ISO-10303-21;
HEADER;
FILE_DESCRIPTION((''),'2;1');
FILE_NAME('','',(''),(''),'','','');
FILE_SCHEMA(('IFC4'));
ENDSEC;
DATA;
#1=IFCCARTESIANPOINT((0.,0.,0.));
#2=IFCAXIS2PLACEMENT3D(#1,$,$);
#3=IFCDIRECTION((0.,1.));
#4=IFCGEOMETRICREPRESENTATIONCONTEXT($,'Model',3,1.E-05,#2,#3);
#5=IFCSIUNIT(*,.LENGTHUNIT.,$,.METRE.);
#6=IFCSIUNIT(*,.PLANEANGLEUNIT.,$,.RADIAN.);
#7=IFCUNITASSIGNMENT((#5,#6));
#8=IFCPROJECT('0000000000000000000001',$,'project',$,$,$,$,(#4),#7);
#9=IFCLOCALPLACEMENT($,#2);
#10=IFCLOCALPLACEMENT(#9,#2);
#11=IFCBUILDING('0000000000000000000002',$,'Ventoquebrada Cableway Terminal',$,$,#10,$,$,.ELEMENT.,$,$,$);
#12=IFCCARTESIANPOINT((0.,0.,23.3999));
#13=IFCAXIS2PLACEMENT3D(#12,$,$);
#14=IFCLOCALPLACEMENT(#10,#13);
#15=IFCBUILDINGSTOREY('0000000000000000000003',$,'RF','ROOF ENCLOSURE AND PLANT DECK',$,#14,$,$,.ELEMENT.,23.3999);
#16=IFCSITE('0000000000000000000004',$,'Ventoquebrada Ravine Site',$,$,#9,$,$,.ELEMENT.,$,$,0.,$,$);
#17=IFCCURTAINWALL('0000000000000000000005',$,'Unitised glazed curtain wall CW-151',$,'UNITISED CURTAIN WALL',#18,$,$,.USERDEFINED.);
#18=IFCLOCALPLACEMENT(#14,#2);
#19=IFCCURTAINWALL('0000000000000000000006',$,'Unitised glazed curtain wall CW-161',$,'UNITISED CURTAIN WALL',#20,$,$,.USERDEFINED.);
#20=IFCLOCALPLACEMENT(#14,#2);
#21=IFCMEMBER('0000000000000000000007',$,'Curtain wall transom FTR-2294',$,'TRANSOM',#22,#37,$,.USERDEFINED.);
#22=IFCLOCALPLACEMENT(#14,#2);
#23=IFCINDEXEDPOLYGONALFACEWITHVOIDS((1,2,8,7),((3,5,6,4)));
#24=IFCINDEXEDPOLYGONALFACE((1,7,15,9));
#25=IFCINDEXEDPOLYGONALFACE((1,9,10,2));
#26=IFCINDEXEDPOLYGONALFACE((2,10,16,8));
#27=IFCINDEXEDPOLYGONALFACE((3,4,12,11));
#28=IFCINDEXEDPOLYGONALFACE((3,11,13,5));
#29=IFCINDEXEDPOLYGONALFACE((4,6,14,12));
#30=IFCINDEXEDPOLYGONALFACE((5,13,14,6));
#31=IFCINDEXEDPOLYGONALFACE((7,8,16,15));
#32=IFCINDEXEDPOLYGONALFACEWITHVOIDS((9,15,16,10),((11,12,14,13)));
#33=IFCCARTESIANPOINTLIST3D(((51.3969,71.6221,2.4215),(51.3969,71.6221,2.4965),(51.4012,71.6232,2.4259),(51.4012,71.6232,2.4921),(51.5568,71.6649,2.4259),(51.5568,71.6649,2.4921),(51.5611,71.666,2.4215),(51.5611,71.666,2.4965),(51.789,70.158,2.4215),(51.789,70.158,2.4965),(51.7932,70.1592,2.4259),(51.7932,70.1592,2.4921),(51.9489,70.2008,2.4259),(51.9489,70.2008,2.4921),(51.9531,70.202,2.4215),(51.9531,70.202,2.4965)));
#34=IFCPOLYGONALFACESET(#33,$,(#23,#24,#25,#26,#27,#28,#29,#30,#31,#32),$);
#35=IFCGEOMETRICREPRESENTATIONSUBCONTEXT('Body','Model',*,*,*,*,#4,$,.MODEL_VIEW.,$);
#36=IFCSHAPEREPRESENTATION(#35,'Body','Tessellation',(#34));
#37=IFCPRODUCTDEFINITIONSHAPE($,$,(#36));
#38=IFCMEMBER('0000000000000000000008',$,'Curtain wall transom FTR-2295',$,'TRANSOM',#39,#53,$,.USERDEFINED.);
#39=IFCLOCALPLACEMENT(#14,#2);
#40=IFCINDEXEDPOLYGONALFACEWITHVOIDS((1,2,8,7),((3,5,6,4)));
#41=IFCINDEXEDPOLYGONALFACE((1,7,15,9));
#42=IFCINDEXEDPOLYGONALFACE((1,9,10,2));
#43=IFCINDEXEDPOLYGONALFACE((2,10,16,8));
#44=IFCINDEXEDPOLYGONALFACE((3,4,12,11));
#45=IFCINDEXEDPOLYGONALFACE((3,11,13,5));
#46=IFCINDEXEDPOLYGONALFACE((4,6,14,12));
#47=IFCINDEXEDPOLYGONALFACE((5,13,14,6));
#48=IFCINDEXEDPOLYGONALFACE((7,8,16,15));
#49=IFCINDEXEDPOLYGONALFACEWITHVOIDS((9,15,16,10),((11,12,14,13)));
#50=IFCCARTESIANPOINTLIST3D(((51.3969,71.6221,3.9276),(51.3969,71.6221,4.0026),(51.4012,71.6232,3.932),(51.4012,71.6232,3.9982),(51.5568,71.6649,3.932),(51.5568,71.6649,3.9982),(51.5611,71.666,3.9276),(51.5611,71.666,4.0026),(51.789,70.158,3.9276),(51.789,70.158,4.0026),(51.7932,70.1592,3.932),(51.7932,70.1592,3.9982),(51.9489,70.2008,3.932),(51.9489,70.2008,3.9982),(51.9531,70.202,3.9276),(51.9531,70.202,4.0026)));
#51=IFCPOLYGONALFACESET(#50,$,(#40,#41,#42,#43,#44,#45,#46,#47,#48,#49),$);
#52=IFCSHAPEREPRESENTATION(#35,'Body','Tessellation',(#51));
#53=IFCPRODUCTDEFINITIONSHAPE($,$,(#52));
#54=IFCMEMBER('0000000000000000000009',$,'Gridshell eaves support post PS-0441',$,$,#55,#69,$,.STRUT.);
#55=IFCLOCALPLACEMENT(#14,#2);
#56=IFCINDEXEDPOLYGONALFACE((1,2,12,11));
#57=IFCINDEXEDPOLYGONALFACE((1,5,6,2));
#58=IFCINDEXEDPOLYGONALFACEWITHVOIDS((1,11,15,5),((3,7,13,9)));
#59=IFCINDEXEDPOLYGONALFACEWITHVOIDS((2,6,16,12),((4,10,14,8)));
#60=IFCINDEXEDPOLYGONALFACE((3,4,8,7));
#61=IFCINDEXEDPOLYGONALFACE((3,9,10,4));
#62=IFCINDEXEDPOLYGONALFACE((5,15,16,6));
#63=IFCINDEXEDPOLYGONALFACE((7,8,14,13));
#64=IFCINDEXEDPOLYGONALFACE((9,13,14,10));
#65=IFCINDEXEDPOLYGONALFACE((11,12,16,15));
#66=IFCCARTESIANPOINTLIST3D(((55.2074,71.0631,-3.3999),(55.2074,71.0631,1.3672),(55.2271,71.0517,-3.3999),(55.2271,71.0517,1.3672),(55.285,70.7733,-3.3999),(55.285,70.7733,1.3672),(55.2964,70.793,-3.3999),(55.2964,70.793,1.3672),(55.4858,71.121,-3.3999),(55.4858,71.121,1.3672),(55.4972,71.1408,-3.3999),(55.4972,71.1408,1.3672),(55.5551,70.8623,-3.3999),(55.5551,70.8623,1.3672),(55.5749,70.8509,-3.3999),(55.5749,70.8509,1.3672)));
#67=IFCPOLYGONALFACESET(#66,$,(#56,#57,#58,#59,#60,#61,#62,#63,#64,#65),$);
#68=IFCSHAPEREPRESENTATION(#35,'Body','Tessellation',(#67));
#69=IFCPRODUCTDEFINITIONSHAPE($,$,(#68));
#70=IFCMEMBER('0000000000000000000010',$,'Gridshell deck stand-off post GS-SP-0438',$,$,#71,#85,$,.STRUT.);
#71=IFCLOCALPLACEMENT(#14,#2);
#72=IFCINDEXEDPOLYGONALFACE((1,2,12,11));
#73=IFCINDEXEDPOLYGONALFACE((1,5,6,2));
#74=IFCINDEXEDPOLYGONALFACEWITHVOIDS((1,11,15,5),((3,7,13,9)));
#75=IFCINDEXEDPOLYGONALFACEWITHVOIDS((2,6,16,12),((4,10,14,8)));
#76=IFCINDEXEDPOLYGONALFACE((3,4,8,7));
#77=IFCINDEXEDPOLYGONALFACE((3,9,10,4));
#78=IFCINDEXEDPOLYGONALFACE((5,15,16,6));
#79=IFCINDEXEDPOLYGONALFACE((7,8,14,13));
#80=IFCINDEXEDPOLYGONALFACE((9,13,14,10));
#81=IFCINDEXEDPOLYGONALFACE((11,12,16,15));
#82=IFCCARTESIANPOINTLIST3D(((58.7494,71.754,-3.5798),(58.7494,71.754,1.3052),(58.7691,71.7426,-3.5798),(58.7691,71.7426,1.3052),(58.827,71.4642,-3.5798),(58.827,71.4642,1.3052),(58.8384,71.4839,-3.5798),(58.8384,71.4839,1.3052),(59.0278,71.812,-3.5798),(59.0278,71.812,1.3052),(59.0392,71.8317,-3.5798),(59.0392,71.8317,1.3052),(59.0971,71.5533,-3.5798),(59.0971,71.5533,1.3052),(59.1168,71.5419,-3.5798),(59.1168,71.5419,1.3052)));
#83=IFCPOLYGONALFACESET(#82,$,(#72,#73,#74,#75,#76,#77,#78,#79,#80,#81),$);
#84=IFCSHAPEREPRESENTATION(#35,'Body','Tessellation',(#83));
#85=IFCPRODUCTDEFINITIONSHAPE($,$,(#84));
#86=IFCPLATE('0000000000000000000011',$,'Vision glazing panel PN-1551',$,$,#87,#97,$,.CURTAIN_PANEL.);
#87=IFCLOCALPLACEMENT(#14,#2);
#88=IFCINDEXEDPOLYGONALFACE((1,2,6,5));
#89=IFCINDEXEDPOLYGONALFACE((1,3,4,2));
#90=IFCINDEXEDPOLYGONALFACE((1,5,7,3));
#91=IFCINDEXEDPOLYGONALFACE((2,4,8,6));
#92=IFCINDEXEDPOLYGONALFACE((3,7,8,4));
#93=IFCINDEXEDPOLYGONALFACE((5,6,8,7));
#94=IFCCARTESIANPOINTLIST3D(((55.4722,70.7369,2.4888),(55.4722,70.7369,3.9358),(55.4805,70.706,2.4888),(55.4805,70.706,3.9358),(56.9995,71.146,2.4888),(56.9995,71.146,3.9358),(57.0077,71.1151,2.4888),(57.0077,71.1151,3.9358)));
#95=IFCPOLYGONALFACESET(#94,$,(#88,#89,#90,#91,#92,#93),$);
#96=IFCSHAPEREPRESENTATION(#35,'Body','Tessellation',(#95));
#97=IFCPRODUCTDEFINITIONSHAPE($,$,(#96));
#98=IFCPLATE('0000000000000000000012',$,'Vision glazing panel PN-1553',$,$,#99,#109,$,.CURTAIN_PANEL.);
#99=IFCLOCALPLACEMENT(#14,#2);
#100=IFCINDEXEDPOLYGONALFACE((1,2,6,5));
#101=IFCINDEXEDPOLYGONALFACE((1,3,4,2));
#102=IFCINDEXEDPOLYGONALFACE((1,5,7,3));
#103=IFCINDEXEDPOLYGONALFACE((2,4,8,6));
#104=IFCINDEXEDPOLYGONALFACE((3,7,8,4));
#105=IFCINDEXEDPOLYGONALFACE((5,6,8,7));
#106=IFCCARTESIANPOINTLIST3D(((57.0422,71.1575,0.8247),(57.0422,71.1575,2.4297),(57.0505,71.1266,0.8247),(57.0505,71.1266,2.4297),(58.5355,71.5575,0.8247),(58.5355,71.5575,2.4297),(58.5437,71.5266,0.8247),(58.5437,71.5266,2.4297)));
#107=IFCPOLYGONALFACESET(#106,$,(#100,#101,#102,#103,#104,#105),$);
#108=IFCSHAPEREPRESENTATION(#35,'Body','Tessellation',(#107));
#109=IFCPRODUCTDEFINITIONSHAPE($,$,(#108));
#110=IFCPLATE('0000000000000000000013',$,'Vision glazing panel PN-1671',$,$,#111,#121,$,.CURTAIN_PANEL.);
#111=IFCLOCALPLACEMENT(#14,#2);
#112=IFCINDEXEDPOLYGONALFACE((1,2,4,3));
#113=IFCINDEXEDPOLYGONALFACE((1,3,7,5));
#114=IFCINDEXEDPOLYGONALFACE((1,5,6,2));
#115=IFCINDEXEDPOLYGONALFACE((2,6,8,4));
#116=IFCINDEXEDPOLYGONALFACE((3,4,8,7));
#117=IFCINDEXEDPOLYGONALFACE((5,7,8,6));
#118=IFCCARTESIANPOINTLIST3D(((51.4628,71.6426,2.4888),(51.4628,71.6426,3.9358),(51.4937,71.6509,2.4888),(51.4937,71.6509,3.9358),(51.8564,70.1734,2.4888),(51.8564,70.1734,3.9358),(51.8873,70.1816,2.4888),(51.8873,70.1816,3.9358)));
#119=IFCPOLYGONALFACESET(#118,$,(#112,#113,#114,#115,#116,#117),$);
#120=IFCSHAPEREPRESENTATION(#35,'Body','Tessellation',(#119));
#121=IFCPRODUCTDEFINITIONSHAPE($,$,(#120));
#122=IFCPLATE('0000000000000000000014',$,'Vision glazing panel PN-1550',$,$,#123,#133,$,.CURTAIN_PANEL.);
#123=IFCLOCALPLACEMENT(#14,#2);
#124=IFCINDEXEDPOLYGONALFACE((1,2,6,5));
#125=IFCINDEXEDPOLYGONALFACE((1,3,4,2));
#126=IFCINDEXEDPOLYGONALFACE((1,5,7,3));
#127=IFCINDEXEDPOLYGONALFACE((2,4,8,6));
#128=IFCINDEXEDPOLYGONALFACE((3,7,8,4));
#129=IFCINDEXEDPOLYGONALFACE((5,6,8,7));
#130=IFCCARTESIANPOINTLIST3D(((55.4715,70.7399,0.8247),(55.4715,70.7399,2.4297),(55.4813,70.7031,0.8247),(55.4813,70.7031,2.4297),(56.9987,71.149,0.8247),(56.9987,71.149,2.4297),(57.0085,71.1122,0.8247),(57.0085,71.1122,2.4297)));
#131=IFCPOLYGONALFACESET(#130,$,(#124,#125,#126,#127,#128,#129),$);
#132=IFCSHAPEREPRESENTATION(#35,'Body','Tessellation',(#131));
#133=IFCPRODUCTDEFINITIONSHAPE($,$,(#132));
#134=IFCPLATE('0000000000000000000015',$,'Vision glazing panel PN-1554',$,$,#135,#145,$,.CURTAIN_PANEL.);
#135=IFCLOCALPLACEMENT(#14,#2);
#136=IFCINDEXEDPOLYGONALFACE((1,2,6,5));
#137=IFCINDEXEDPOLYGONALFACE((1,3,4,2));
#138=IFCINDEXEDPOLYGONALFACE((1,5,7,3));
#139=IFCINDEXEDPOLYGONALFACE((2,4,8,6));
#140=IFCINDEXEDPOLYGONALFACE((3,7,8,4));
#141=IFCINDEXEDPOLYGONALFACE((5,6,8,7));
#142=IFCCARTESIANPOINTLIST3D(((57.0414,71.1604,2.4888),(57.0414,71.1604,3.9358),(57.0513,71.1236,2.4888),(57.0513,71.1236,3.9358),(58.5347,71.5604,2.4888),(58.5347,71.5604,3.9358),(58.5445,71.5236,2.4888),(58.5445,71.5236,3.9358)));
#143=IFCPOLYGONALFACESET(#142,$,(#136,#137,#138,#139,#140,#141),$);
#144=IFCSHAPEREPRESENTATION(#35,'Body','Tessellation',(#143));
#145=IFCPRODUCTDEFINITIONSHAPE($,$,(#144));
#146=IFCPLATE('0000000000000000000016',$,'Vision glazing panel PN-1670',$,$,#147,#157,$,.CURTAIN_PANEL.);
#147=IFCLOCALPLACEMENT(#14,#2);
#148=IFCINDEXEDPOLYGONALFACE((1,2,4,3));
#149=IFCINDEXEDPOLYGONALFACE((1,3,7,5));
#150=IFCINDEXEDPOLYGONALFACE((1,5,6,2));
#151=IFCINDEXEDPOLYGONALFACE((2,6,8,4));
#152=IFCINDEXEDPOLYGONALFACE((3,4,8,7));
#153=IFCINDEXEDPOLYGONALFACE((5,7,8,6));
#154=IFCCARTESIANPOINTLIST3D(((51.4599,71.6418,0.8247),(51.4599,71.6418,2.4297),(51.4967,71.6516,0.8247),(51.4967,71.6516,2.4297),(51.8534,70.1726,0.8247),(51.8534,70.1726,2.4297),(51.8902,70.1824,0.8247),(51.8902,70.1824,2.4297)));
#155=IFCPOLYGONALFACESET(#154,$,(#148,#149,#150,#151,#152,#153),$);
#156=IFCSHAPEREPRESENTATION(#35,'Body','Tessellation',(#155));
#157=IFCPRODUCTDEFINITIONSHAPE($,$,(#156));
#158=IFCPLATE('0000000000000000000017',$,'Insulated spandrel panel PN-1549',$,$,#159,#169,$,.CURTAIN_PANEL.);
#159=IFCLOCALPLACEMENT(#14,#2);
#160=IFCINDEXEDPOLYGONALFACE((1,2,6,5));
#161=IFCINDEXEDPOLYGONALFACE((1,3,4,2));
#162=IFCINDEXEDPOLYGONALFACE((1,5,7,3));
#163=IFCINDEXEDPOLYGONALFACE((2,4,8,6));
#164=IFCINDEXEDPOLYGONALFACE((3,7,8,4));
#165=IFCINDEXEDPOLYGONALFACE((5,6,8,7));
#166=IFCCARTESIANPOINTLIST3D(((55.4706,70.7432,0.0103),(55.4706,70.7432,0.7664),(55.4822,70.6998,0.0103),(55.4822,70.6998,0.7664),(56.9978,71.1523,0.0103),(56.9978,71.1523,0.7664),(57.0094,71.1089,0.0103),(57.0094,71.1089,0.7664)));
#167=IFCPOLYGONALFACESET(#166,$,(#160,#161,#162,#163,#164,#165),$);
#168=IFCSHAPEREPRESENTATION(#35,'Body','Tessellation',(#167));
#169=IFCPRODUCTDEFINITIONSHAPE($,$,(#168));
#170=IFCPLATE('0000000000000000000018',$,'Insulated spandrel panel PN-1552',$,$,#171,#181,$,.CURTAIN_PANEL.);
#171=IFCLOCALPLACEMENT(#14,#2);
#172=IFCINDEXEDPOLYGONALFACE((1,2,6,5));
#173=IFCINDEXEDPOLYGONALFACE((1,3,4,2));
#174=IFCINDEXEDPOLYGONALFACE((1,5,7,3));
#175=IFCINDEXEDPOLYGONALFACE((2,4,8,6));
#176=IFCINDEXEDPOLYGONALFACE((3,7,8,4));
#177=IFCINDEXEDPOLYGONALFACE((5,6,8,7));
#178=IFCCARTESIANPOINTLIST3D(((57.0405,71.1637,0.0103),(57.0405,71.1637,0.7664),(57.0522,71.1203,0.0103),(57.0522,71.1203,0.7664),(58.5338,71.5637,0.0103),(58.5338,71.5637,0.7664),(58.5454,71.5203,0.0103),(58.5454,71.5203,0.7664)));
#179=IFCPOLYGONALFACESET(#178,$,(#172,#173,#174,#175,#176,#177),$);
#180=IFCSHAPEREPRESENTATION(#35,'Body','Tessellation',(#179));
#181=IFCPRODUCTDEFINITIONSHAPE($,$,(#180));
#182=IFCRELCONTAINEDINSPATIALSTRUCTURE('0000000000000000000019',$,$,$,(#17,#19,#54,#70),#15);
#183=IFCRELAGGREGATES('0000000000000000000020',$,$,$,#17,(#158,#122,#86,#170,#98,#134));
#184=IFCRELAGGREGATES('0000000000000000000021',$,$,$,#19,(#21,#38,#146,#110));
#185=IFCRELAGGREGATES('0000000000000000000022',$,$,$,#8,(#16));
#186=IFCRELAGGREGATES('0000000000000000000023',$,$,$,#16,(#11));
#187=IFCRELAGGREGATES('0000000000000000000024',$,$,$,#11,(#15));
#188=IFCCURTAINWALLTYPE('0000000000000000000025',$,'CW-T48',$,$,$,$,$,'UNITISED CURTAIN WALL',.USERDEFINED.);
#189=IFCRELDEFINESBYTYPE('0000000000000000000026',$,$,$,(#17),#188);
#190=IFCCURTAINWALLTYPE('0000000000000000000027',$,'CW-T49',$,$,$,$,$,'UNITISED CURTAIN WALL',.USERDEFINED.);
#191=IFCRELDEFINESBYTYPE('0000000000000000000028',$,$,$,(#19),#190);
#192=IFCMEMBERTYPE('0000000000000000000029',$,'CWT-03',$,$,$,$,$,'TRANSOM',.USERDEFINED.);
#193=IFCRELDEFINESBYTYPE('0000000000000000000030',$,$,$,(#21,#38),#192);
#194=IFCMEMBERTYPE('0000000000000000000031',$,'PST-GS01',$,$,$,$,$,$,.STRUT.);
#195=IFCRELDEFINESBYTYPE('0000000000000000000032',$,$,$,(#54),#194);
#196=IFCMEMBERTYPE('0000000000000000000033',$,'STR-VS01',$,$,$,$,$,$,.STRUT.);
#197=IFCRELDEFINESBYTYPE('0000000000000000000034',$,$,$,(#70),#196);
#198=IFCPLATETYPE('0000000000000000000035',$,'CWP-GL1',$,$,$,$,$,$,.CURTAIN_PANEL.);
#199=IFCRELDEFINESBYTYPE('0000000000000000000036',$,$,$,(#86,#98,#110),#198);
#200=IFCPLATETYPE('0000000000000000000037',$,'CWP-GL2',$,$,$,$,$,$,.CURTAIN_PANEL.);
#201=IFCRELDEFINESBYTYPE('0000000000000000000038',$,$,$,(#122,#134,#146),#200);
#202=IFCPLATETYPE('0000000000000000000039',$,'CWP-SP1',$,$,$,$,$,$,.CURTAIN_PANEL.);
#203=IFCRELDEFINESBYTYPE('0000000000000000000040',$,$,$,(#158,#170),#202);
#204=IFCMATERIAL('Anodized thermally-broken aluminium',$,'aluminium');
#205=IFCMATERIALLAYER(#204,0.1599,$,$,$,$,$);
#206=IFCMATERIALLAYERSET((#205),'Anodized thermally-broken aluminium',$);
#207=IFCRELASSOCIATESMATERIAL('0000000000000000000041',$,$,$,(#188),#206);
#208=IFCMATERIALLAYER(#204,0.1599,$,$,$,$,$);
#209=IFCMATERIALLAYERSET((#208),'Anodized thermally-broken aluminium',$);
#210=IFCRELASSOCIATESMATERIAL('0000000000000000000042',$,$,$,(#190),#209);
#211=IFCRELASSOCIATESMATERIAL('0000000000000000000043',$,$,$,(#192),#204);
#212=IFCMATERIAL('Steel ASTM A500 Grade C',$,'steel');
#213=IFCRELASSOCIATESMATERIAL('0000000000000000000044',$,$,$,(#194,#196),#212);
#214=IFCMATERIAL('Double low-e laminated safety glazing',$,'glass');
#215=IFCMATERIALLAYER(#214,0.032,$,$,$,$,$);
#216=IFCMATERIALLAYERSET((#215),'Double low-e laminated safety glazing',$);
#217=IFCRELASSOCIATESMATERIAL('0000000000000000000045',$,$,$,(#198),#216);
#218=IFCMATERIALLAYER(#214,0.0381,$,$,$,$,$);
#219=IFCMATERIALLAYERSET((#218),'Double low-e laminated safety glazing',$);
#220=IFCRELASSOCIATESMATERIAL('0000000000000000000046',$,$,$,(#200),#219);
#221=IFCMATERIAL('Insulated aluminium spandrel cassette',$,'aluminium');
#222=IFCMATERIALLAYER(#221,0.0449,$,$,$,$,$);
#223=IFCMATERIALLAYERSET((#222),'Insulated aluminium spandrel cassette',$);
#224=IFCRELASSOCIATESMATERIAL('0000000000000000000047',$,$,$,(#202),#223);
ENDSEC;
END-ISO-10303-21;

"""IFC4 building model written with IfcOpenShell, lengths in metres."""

from ifc_helpers import new_model, si_unit, direction, frame, origin, origin_2d, place, context, subcontext, project, spatial, rectangle, hollow_rectangle, extrude, material, layer, layer_set, material_profile, profile_set, type_object, element, aggregate, save


model = new_model("IFC4")

# Units and contexts
model_context = context("Model", 3, precision=1e-05, world=origin(), true_north=direction((0.0, 1.0)))
body_context = subcontext(model_context, "Body", "Model", "MODEL_VIEW")
ifc_project = project(units=[si_unit("LENGTHUNIT", "METRE"), si_unit("PLANEANGLEUNIT", "RADIAN")], contexts=[model_context])

# Site, building, storey
site_placement = place(None, origin())
site = spatial("IfcSite", under=ifc_project, at=site_placement, Name="Ventoquebrada Ravine Site", CompositionType="ELEMENT", RefElevation=0.0)
building_placement = place(site_placement, origin())
building = spatial("IfcBuilding", under=site, at=building_placement, Name="Ventoquebrada Cableway Terminal", CompositionType="ELEMENT")
storey_placement = place(building_placement, frame((0.0, 0.0, 23.3999)))
storey = spatial("IfcBuildingStorey", under=building, at=storey_placement, Name="RF", Description="ROOF ENCLOSURE AND PLANT DECK", CompositionType="ELEMENT", Elevation=23.3999)

# Curtain wall
ifc_material_1 = material(Name="Anodized thermally-broken aluminium", Category="aluminium")
ifc_layer_1 = layer(ifc_material_1, 0.1599)
ifc_layer_set_1 = layer_set([ifc_layer_1], Name="Anodized thermally-broken aluminium")
curtain_wall_type_1 = type_object("IfcCurtainWallType", Name="CW-T48", ElementType="UNITISED CURTAIN WALL", PredefinedType="USERDEFINED", material=ifc_layer_set_1)
curtain_wall_1_placement = place(storey_placement, origin())
curtain_wall_1 = element("IfcCurtainWall", 1, at=curtain_wall_1_placement, inside=storey, type_object=curtain_wall_type_1, Name="Unitised glazed curtain wall CW-151", ObjectType="UNITISED CURTAIN WALL", PredefinedType="USERDEFINED")

# Curtain wall
ifc_layer_2 = layer(ifc_material_1, 0.1599)
ifc_layer_set_2 = layer_set([ifc_layer_2], Name="Anodized thermally-broken aluminium")
curtain_wall_type_2 = type_object("IfcCurtainWallType", Name="CW-T49", ElementType="UNITISED CURTAIN WALL", PredefinedType="USERDEFINED", material=ifc_layer_set_2)
curtain_wall_2_placement = place(storey_placement, origin())
curtain_wall_2 = element("IfcCurtainWall", 2, at=curtain_wall_2_placement, inside=storey, type_object=curtain_wall_type_2, Name="Unitised glazed curtain wall CW-161", ObjectType="UNITISED CURTAIN WALL", PredefinedType="USERDEFINED")

# Members
ifc_material_profile_1 = material_profile(ifc_material_1, hollow_rectangle(XDim=0.075, YDim=0.1699, WallThickness=0.0044, at=origin_2d()), Name="CW-TRN-75X170")
ifc_profile_set_1 = profile_set([ifc_material_profile_1], Name="Anodized thermally-broken aluminium")
member_type_1 = type_object("IfcMemberType", Name="CWT-03", ElementType="TRANSOM", PredefinedType="USERDEFINED", material=ifc_profile_set_1)
member_1_placement = place(storey_placement, frame((51.479, 71.644, 2.459), z_axis=(0.258685, -0.965962, 0.0), x_axis=(0.0, 0.0, 1.0)))
member_1 = element("IfcMember", 3, at=member_1_placement, type_object=member_type_1, Name="Curtain wall transom FTR-2294", ObjectType="TRANSOM", PredefinedType="USERDEFINED", context=body_context, shape_type="SweptSolid", body=[
    extrude(hollow_rectangle(XDim=0.075, YDim=0.1699, WallThickness=0.0044, at=origin_2d()), origin(), (0.0, 0.0, 1.0), 1.5156),
])
member_2_placement = place(storey_placement, frame((51.479, 71.644, 3.9651), z_axis=(0.258685, -0.965962, 0.0), x_axis=(0.0, 0.0, 1.0)))
member_2 = element("IfcMember", 4, at=member_2_placement, type_object=member_type_1, Name="Curtain wall transom FTR-2295", ObjectType="TRANSOM", PredefinedType="USERDEFINED", context=body_context, shape_type="SweptSolid", body=[
    extrude(hollow_rectangle(XDim=0.075, YDim=0.1699, WallThickness=0.0044, at=origin_2d()), origin(), (0.0, 0.0, 1.0), 1.5156),
])

# Members
ifc_material_2 = material(Name="Steel ASTM A500 Grade C", Category="steel")
ifc_material_profile_2 = material_profile(ifc_material_2, hollow_rectangle(XDim=0.3, YDim=0.3, WallThickness=0.0161, at=origin_2d()), Name="HSS300X300X16")
ifc_profile_set_2 = profile_set([ifc_material_profile_2], Name="Steel ASTM A500 Grade C")
member_type_2 = type_object("IfcMemberType", Name="PST-GS01", PredefinedType="STRUT", material=ifc_profile_set_2)
member_3_placement = place(storey_placement, frame((55.3911, 70.957, -3.3999), z_axis=(0.0, 0.0, 1.0), x_axis=(0.965926, 0.258819, 0.0)))
element("IfcMember", 5, at=member_3_placement, inside=storey, type_object=member_type_2, Name="Gridshell eaves support post PS-0441", PredefinedType="STRUT", context=body_context, shape_type="SweptSolid", body=[
    extrude(hollow_rectangle(XDim=0.3, YDim=0.3, WallThickness=0.0161, at=origin_2d()), origin(), (0.0, 0.0, 1.0), 4.7671),
])
ifc_material_profile_3 = material_profile(ifc_material_2, hollow_rectangle(XDim=0.3, YDim=0.3, WallThickness=0.0161, at=origin_2d()), Name="HSS300X300X16")
ifc_profile_set_3 = profile_set([ifc_material_profile_3], Name="Steel ASTM A500 Grade C")
member_type_3 = type_object("IfcMemberType", Name="STR-VS01", PredefinedType="STRUT", material=ifc_profile_set_3)
member_4_placement = place(storey_placement, frame((58.9331, 71.6479, -3.5798), z_axis=(0.0, 0.0, 1.0), x_axis=(0.965926, 0.258819, 0.0)))
element("IfcMember", 6, at=member_4_placement, inside=storey, type_object=member_type_3, Name="Gridshell deck stand-off post GS-SP-0438", PredefinedType="STRUT", context=body_context, shape_type="SweptSolid", body=[
    extrude(hollow_rectangle(XDim=0.3, YDim=0.3, WallThickness=0.0161, at=origin_2d()), origin(), (0.0, 0.0, 1.0), 4.885),
])

# Plates
ifc_material_3 = material(Name="Double low-e laminated safety glazing", Category="glass")
ifc_layer_3 = layer(ifc_material_3, 0.032)
ifc_layer_set_3 = layer_set([ifc_layer_3], Name="Double low-e laminated safety glazing")
plate_type_1 = type_object("IfcPlateType", Name="CWP-GL1", PredefinedType="CURTAIN_PANEL", material=ifc_layer_set_3)
plate_1_placement = place(storey_placement, frame((56.24, 70.926, 2.4888), z_axis=(0.0, 0.0, 1.0), x_axis=(0.965944, 0.258752, 0.0)))
plate_1 = element("IfcPlate", 7, at=plate_1_placement, type_object=plate_type_1, Name="Vision glazing panel PN-1551", PredefinedType="CURTAIN_PANEL", context=body_context, shape_type="SweptSolid", body=[
    extrude(rectangle(XDim=1.5811, YDim=0.032, at=origin_2d()), origin(), (0.0, 0.0, 1.0), 1.447),
])
plate_2_placement = place(storey_placement, frame((57.793, 71.342, 0.8247), z_axis=(0.0, 0.0, 1.0), x_axis=(0.965944, 0.258752, 0.0)))
plate_2 = element("IfcPlate", 8, at=plate_2_placement, type_object=plate_type_1, Name="Vision glazing panel PN-1553", PredefinedType="CURTAIN_PANEL", context=body_context, shape_type="SweptSolid", body=[
    extrude(rectangle(XDim=1.5459, YDim=0.032, at=origin_2d()), origin(), (0.0, 0.0, 1.0), 1.605),
])
plate_3_placement = place(storey_placement, frame((51.675, 70.9121, 2.4888), z_axis=(0.0, 0.0, 1.0), x_axis=(0.258718, -0.965953, 0.0)))
plate_3 = element("IfcPlate", 9, at=plate_3_placement, type_object=plate_type_1, Name="Vision glazing panel PN-1671", PredefinedType="CURTAIN_PANEL", context=body_context, shape_type="SweptSolid", body=[
    extrude(rectangle(XDim=1.521, YDim=0.032, at=origin_2d()), origin(), (0.0, 0.0, 1.0), 1.447),
])
ifc_layer_4 = layer(ifc_material_3, 0.0381)
ifc_layer_set_4 = layer_set([ifc_layer_4], Name="Double low-e laminated safety glazing")
plate_type_2 = type_object("IfcPlateType", Name="CWP-GL2", PredefinedType="CURTAIN_PANEL", material=ifc_layer_set_4)
plate_4_placement = place(storey_placement, frame((56.24, 70.926, 0.8247), z_axis=(0.0, 0.0, 1.0), x_axis=(0.965944, 0.258752, 0.0)))
plate_4 = element("IfcPlate", 10, at=plate_4_placement, type_object=plate_type_2, Name="Vision glazing panel PN-1550", PredefinedType="CURTAIN_PANEL", context=body_context, shape_type="SweptSolid", body=[
    extrude(rectangle(XDim=1.5811, YDim=0.0381, at=origin_2d()), origin(), (0.0, 0.0, 1.0), 1.605),
])
plate_5_placement = place(storey_placement, frame((57.793, 71.342, 2.4888), z_axis=(0.0, 0.0, 1.0), x_axis=(0.965944, 0.258752, 0.0)))
plate_5 = element("IfcPlate", 11, at=plate_5_placement, type_object=plate_type_2, Name="Vision glazing panel PN-1554", PredefinedType="CURTAIN_PANEL", context=body_context, shape_type="SweptSolid", body=[
    extrude(rectangle(XDim=1.5459, YDim=0.0381, at=origin_2d()), origin(), (0.0, 0.0, 1.0), 1.447),
])
plate_6_placement = place(storey_placement, frame((51.675, 70.9121, 0.8247), z_axis=(0.0, 0.0, 1.0), x_axis=(0.258718, -0.965953, 0.0)))
plate_6 = element("IfcPlate", 12, at=plate_6_placement, type_object=plate_type_2, Name="Vision glazing panel PN-1670", PredefinedType="CURTAIN_PANEL", context=body_context, shape_type="SweptSolid", body=[
    extrude(rectangle(XDim=1.521, YDim=0.0381, at=origin_2d()), origin(), (0.0, 0.0, 1.0), 1.605),
])
ifc_material_4 = material(Name="Insulated aluminium spandrel cassette", Category="aluminium")
ifc_layer_5 = layer(ifc_material_4, 0.0449)
ifc_layer_set_5 = layer_set([ifc_layer_5], Name="Insulated aluminium spandrel cassette")
plate_type_3 = type_object("IfcPlateType", Name="CWP-SP1", PredefinedType="CURTAIN_PANEL", material=ifc_layer_set_5)
plate_7_placement = place(storey_placement, frame((56.24, 70.926, 0.0103), z_axis=(0.0, 0.0, 1.0), x_axis=(0.965944, 0.258752, 0.0)))
plate_7 = element("IfcPlate", 13, at=plate_7_placement, type_object=plate_type_3, Name="Insulated spandrel panel PN-1549", PredefinedType="CURTAIN_PANEL", context=body_context, shape_type="SweptSolid", body=[
    extrude(rectangle(XDim=1.5811, YDim=0.0449, at=origin_2d()), origin(), (0.0, 0.0, 1.0), 0.7561),
])
plate_8_placement = place(storey_placement, frame((57.793, 71.342, 0.0103), z_axis=(0.0, 0.0, 1.0), x_axis=(0.965944, 0.258752, 0.0)))
plate_8 = element("IfcPlate", 14, at=plate_8_placement, type_object=plate_type_3, Name="Insulated spandrel panel PN-1552", PredefinedType="CURTAIN_PANEL", context=body_context, shape_type="SweptSolid", body=[
    extrude(rectangle(XDim=1.5459, YDim=0.0449, at=origin_2d()), origin(), (0.0, 0.0, 1.0), 0.7561),
])
aggregate(curtain_wall_1, [plate_7, plate_4, plate_1, plate_8, plate_2, plate_5])
aggregate(curtain_wall_2, [member_1, member_2, plate_6, plate_3])

save(model, "model.ifc")
